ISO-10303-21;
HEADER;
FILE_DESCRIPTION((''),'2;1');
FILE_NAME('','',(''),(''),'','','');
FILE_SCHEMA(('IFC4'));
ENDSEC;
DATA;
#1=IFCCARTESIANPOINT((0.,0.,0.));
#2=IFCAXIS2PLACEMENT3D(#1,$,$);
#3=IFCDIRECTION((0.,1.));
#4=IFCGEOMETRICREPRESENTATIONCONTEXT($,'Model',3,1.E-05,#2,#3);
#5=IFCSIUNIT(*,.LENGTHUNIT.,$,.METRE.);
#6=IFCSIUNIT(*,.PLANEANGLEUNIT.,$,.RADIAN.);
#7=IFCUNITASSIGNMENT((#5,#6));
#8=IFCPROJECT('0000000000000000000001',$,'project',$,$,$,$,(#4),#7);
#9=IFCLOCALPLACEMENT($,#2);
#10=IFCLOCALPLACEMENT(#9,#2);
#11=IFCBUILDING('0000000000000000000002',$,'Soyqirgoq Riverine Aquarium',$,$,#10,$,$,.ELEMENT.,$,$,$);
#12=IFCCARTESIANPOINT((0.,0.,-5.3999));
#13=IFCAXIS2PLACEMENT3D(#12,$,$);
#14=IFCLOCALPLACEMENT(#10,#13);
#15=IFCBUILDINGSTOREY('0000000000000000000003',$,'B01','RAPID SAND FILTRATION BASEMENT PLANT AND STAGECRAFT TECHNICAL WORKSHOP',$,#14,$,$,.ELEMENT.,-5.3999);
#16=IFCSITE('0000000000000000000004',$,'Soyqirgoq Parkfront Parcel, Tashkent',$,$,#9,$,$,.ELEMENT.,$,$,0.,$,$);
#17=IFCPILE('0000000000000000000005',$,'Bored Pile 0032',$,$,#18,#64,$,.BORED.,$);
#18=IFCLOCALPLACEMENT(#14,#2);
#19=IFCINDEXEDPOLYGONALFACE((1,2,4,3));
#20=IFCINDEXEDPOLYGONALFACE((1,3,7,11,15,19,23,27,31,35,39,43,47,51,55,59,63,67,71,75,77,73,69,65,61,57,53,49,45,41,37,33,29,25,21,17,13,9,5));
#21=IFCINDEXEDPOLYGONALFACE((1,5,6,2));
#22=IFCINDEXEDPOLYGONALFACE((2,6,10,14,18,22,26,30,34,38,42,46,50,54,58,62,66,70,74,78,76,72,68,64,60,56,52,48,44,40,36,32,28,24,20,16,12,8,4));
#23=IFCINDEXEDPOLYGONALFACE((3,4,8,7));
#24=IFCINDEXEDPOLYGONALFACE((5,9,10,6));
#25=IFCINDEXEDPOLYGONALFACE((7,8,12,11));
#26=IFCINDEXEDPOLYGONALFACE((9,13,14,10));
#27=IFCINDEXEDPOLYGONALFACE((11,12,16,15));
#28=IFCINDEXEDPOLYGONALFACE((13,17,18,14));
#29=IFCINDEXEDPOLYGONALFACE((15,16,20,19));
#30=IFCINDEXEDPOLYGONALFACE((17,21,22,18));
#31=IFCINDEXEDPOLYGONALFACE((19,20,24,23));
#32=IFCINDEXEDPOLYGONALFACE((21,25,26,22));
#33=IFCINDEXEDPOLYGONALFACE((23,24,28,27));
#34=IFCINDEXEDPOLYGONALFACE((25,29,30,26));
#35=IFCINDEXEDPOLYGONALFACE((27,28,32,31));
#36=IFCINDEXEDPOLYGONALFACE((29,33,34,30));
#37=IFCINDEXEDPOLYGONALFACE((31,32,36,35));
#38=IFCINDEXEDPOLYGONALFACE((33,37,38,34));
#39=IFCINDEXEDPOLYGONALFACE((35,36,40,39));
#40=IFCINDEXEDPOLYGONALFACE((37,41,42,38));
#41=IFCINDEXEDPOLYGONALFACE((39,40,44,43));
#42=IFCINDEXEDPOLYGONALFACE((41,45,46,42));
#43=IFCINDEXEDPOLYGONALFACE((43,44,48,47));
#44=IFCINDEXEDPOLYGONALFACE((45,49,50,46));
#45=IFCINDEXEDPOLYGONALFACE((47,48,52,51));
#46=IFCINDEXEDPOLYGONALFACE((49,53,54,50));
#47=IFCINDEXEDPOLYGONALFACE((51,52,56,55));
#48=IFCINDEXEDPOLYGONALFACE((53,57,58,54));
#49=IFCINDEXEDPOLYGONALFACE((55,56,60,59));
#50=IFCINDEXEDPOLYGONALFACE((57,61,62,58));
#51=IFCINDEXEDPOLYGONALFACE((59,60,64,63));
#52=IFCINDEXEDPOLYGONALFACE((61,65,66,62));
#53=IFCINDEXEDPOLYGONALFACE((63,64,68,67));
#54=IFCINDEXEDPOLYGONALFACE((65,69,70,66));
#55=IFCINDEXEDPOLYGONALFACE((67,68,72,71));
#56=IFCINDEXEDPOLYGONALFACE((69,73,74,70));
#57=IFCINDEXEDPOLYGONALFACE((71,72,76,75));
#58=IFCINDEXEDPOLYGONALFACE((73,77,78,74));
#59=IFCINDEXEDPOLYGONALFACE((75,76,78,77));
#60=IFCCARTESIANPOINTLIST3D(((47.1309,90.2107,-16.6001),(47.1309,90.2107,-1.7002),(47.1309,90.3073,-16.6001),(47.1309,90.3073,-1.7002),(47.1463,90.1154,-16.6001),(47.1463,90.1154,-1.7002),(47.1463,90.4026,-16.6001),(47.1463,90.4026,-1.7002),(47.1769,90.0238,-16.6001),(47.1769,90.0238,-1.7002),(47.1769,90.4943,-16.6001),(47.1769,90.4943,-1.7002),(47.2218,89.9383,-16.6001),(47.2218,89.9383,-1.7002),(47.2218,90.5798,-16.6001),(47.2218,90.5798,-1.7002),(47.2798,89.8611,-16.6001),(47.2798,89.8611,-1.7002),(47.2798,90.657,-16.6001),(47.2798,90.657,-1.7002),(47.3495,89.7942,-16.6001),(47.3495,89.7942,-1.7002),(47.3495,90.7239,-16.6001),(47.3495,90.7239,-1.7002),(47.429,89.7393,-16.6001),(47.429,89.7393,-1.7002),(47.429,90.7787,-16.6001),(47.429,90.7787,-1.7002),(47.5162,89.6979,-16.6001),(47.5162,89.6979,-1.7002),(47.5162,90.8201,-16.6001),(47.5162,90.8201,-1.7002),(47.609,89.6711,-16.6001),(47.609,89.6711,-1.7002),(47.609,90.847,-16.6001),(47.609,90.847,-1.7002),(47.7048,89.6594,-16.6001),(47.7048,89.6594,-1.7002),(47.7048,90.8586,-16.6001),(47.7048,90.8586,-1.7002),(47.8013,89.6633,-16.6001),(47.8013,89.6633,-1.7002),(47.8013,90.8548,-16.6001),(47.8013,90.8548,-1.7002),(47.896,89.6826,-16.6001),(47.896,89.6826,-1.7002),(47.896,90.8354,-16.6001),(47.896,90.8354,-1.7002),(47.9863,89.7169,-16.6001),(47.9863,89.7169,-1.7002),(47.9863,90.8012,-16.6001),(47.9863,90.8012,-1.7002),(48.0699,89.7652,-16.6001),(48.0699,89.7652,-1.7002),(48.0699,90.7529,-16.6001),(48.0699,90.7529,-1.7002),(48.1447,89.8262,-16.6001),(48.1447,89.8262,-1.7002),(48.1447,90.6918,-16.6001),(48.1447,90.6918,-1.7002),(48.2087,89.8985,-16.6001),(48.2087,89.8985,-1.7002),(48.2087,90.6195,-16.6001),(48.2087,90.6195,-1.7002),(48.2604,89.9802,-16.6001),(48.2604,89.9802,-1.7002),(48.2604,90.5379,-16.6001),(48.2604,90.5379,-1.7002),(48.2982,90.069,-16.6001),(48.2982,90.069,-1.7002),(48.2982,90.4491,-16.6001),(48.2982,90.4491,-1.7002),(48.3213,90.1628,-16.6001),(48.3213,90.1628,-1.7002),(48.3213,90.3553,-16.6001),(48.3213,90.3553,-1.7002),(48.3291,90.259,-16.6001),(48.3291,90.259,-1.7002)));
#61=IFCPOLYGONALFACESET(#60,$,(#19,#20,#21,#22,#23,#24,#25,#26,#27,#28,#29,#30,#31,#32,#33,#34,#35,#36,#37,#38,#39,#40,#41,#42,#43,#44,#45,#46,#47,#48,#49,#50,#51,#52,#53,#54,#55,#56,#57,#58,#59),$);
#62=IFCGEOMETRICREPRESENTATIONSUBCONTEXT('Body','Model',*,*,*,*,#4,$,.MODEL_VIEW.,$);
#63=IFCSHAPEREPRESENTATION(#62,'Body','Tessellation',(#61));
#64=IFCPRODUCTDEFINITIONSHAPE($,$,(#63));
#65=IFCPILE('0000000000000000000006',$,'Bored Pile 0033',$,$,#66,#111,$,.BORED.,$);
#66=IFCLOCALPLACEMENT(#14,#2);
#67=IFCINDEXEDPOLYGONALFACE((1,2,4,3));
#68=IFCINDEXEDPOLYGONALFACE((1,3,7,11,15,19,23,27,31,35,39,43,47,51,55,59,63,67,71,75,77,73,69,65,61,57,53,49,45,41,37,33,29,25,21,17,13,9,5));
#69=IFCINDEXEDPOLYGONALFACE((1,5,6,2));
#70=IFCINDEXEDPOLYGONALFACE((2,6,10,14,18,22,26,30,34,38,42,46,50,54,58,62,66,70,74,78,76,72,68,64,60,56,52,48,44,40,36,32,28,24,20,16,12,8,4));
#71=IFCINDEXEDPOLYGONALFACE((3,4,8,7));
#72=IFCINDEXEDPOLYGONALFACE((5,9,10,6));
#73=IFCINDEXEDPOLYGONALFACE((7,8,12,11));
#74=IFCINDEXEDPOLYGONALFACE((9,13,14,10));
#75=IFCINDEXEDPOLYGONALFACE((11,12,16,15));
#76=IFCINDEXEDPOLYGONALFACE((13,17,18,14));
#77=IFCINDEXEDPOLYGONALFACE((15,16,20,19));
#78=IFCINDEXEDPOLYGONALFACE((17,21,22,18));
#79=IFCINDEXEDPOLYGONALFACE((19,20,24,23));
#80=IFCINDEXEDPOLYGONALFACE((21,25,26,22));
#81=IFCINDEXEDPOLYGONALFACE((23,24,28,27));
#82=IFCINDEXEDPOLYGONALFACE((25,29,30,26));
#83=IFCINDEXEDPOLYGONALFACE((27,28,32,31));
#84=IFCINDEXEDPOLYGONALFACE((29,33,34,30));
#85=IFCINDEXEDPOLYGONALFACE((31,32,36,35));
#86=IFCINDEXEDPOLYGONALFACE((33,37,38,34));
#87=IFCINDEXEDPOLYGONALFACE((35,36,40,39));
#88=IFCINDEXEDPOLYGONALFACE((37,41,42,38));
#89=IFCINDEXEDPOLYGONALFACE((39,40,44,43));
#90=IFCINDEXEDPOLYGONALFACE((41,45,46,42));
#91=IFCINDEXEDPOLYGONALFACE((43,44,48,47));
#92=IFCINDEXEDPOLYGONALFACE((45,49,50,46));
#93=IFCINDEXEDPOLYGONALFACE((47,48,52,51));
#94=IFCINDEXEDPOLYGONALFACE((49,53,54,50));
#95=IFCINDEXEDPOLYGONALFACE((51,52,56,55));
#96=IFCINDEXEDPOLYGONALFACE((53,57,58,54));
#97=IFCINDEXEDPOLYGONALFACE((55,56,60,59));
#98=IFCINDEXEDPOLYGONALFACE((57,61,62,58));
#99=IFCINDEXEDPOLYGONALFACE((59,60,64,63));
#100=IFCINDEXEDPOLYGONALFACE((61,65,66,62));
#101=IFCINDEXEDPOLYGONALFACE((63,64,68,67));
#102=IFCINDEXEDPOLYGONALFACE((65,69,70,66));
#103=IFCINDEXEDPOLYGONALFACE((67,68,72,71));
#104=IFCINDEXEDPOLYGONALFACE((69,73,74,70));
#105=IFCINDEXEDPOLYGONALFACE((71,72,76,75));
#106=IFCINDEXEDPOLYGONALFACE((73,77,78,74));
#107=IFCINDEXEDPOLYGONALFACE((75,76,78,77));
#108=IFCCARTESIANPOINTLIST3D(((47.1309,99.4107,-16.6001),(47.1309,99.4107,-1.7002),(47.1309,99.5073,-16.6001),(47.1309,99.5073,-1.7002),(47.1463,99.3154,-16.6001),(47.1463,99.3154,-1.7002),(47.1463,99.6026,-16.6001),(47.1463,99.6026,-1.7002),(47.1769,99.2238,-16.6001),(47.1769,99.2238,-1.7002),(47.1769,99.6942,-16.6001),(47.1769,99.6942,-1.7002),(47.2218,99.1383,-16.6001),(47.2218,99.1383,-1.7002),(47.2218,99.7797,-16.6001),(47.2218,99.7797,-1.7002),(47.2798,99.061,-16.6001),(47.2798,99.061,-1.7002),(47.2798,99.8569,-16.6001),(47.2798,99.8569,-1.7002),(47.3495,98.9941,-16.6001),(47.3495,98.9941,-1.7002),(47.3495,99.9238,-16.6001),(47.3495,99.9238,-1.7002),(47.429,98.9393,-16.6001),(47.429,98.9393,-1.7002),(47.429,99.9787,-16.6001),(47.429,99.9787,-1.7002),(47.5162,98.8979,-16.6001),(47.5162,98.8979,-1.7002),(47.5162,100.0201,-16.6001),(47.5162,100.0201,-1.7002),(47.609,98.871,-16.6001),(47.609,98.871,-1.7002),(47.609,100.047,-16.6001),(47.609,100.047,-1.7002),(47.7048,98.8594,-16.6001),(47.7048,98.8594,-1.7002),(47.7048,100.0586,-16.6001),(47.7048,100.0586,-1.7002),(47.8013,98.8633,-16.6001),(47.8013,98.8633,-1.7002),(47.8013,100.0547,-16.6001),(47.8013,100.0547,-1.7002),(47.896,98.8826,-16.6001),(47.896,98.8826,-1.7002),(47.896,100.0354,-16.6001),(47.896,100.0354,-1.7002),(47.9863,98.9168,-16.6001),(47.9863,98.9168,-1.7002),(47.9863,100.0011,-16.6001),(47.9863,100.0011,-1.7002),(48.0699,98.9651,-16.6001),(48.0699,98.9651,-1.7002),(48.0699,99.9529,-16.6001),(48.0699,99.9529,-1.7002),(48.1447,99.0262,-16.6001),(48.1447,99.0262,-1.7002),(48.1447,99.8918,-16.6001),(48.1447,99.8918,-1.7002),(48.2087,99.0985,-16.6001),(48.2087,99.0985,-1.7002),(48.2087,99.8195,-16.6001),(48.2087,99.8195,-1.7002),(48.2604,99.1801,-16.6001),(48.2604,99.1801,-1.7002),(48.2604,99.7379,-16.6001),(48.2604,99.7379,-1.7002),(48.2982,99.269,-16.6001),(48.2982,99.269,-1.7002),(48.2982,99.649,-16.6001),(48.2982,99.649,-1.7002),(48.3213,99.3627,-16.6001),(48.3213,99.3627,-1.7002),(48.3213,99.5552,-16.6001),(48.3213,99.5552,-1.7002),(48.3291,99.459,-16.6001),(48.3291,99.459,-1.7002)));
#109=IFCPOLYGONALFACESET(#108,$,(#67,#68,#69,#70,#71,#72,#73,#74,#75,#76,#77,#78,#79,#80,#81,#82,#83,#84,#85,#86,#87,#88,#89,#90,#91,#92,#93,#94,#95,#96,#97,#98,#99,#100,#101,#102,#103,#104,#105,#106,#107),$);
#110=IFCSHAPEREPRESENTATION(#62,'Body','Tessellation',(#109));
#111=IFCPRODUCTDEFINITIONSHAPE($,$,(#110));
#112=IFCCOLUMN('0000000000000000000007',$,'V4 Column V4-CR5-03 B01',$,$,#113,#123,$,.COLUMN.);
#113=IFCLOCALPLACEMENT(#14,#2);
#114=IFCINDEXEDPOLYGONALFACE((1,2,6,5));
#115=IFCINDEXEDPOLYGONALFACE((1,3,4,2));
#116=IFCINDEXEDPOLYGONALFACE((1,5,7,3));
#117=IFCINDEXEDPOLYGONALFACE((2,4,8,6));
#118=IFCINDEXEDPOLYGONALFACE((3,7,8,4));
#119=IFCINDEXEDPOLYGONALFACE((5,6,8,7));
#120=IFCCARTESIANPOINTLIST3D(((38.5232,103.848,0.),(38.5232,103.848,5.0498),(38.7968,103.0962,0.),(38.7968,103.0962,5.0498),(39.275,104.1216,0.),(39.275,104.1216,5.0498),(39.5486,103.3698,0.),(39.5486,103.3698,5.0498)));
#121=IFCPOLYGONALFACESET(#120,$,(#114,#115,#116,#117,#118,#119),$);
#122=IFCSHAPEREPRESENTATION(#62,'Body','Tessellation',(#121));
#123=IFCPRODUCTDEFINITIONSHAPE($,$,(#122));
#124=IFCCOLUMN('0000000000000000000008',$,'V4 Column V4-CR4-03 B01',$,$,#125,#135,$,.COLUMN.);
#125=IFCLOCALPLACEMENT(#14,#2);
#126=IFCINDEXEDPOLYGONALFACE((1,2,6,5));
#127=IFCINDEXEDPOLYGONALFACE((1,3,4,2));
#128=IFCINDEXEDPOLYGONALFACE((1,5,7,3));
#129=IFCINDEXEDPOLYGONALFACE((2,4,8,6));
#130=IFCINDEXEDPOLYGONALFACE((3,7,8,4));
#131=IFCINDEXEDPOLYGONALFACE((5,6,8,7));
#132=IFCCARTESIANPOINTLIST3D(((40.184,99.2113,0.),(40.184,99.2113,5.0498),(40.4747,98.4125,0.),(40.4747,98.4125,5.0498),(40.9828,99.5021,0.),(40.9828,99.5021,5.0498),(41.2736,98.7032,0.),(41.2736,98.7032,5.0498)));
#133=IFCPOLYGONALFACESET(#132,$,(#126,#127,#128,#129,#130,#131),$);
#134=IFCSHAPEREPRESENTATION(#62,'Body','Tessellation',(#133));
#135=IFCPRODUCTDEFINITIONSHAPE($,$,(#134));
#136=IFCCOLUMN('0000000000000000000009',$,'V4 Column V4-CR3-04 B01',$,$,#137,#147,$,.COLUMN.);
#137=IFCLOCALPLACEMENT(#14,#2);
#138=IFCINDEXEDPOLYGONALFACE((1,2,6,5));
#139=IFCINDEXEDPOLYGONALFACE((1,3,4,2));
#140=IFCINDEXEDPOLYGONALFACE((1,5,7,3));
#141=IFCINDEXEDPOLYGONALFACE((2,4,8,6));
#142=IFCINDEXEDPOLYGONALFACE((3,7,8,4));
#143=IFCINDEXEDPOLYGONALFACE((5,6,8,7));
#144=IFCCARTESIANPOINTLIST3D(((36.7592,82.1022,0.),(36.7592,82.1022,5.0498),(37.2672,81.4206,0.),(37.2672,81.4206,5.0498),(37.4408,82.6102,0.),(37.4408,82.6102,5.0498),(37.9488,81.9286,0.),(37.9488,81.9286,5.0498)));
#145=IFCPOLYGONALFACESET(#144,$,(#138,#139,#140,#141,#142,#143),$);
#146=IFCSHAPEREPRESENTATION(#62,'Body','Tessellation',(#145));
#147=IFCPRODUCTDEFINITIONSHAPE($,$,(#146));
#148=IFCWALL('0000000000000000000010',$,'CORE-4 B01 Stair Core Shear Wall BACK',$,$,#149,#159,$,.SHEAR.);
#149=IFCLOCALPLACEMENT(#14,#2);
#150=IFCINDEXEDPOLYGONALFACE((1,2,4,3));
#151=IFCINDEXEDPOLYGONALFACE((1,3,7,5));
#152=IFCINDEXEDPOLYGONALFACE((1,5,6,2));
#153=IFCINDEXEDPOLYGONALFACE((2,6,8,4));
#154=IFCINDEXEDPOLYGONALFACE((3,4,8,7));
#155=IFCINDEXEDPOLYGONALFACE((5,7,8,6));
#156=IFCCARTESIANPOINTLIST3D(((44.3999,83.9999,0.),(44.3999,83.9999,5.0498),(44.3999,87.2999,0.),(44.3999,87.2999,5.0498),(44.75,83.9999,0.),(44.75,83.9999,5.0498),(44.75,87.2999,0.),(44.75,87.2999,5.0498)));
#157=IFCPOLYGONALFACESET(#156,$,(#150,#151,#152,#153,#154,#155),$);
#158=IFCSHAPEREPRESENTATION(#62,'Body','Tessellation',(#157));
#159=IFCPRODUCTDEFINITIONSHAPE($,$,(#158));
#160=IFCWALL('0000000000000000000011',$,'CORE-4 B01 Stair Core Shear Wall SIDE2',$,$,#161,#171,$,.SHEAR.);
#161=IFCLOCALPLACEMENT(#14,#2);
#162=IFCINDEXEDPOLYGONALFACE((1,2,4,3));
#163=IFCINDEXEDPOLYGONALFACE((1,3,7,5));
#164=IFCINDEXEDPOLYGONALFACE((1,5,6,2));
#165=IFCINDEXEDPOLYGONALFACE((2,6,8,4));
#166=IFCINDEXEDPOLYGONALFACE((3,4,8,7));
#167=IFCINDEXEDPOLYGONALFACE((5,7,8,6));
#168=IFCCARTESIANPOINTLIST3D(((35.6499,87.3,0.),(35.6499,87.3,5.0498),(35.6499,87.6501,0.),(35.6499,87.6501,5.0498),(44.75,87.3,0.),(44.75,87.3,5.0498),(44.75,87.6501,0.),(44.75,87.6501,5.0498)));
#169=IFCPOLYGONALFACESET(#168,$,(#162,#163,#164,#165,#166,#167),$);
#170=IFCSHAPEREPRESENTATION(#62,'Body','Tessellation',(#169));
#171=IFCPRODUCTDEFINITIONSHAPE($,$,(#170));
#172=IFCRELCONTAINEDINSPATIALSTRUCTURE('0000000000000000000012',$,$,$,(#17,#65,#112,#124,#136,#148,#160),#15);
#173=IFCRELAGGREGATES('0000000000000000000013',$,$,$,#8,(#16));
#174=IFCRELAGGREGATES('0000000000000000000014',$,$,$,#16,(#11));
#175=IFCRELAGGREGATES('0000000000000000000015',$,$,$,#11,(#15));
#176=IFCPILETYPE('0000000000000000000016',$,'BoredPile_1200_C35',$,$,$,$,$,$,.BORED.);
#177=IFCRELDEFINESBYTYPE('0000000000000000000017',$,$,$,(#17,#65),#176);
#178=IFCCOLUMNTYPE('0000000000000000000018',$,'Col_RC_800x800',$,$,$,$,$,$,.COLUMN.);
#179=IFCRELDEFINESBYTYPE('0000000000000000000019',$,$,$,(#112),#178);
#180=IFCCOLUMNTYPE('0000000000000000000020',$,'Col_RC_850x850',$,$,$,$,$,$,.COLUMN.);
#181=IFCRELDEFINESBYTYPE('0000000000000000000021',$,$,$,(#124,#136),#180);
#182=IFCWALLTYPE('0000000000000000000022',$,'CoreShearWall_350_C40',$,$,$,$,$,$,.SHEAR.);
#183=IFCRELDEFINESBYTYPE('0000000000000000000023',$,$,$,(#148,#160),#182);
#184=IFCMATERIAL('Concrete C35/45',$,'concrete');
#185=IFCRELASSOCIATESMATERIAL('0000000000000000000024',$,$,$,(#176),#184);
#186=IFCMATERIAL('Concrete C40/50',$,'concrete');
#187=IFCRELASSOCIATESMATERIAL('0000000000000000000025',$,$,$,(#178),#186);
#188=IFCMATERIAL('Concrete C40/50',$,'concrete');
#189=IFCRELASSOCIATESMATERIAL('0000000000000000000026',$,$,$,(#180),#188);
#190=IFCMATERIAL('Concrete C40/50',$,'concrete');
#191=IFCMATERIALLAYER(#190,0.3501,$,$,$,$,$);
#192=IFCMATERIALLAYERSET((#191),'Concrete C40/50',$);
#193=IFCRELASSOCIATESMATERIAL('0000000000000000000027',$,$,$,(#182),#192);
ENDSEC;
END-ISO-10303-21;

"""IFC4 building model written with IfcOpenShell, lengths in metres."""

from ifc_helpers import new_model, si_unit, direction, frame, frame_2d, origin, origin_2d, place, context, subcontext, project, spatial, rectangle, circle, extrude, material, layer, layer_set, material_profile, profile_set, type_object, element, save


model = new_model("IFC4")

# Units and contexts
model_context = context("Model", 3, precision=1e-05, world=origin(), true_north=direction((0.0, 1.0)))
body_context = subcontext(model_context, "Body", "Model", "MODEL_VIEW")
ifc_project = project(units=[si_unit("LENGTHUNIT", "METRE"), si_unit("PLANEANGLEUNIT", "RADIAN")], contexts=[model_context])

# Site, building, storey
site_placement = place(None, origin())
site = spatial("IfcSite", under=ifc_project, at=site_placement, Name="Soyqirgoq Parkfront Parcel, Tashkent", CompositionType="ELEMENT", RefElevation=0.0)
building_placement = place(site_placement, origin())
building = spatial("IfcBuilding", under=site, at=building_placement, Name="Soyqirgoq Riverine Aquarium", CompositionType="ELEMENT")
storey_placement = place(building_placement, frame((0.0, 0.0, -5.3999)))
storey = spatial("IfcBuildingStorey", under=building, at=storey_placement, Name="B01", Description="RAPID SAND FILTRATION BASEMENT PLANT AND STAGECRAFT TECHNICAL WORKSHOP", CompositionType="ELEMENT", Elevation=-5.3999)

# Piles
ifc_material_1 = material(Name="Concrete C35/45", Category="concrete")
ifc_material_profile_1 = material_profile(ifc_material_1, circle(Radius=0.6001, at=origin_2d()), Name="BP D1200")
ifc_profile_set_1 = profile_set([ifc_material_profile_1], Name="Concrete C35/45")
pile_type = type_object("IfcPileType", Name="BoredPile_1200_C35", PredefinedType="BORED", material=ifc_profile_set_1)
for number, where, z_axis, x_axis, name in (
    (1, (47.729, 90.259, -1.7002), (0.0, 0.0, -1.0), (1.0, 0.0, 0.0), "Bored Pile 0032"),
    (2, (47.729, 99.459, -1.7002), (0.0, 0.0, -1.0), (1.0, 0.0, 0.0), "Bored Pile 0033"),
):
    element("IfcPile", number, at=place(storey_placement, frame(where, z_axis=z_axis, x_axis=x_axis)), inside=storey, type_object=pile_type, Name=name, PredefinedType="BORED", context=body_context, shape_type="SweptSolid", body=[
        extrude(circle(Radius=0.6001, at=origin_2d()), origin(), (0.0, 0.0, 1.0), 14.8999),
    ])

# Columns
ifc_material_2 = material(Name="Concrete C40/50", Category="concrete")
ifc_material_profile_2 = material_profile(ifc_material_2, rectangle(XDim=0.8, YDim=0.8, at=origin_2d()), Name="RC 800x800")
ifc_profile_set_2 = profile_set([ifc_material_profile_2], Name="Concrete C40/50")
column_type_1 = type_object("IfcColumnType", Name="Col_RC_800x800", PredefinedType="COLUMN", material=ifc_profile_set_2)
column_placement = place(storey_placement, frame((39.0359, 103.6089, 0.0), z_axis=(0.0, 0.0, 1.0), x_axis=(-0.34202, 0.939693, 0.0)))
element("IfcColumn", 3, at=column_placement, inside=storey, type_object=column_type_1, Name="V4 Column V4-CR5-03 B01", PredefinedType="COLUMN", context=body_context, shape_type="SweptSolid", body=[
    extrude(rectangle(XDim=0.8, YDim=0.8, at=origin_2d()), origin(), (0.0, 0.0, 1.0), 5.0498),
])
ifc_material_3 = material(Name="Concrete C40/50", Category="concrete")
ifc_material_profile_3 = material_profile(ifc_material_3, rectangle(XDim=0.8501, YDim=0.8501, at=origin_2d()), Name="RC 850x850")
ifc_profile_set_3 = profile_set([ifc_material_profile_3], Name="Concrete C40/50")
column_type_2 = type_object("IfcColumnType", Name="Col_RC_850x850", PredefinedType="COLUMN", material=ifc_profile_set_3)
for number, where, z_axis, x_axis, name in (
    (4, (40.7288, 98.9573, 0.0), (0.0, 0.0, 1.0), (-0.34202, 0.939693, 0.0), "V4 Column V4-CR4-03 B01"),
    (5, (37.354, 82.0154, 0.0), (0.0, 0.0, 1.0), (-0.597625, 0.801776, 0.0), "V4 Column V4-CR3-04 B01"),
):
    element("IfcColumn", number, at=place(storey_placement, frame(where, z_axis=z_axis, x_axis=x_axis)), inside=storey, type_object=column_type_2, Name=name, PredefinedType="COLUMN", context=body_context, shape_type="SweptSolid", body=[
        extrude(rectangle(XDim=0.8501, YDim=0.8501, at=origin_2d()), origin(), (0.0, 0.0, 1.0), 5.0498),
    ])

# Walls
ifc_material_4 = material(Name="Concrete C40/50", Category="concrete")
ifc_layer_1 = layer(ifc_material_4, 0.3501)
ifc_layer_set_1 = layer_set([ifc_layer_1], Name="Concrete C40/50")
wall_type_1 = type_object("IfcWallType", Name="CoreShearWall_350_C40", PredefinedType="SHEAR", material=ifc_layer_set_1)
wall_1_placement = place(storey_placement, frame((44.575, 84.0, 0.0), z_axis=(0.0, 0.0, 1.0), x_axis=(0.0, 1.0, 0.0)))
element("IfcWall", 6, at=wall_1_placement, inside=storey, type_object=wall_type_1, Name="CORE-4 B01 Stair Core Shear Wall BACK", PredefinedType="SHEAR", context=body_context, shape_type="SweptSolid", body=[
    extrude(rectangle(XDim=3.3, YDim=0.3501, at=frame_2d((1.6499, 0.0))), origin(), (0.0, 0.0, 1.0), 5.0498),
])
wall_2_placement = place(storey_placement, frame((44.75, 87.4751, 0.0), z_axis=(0.0, 0.0, 1.0), x_axis=(-1.0, 0.0, 0.0)))
element("IfcWall", 7, at=wall_2_placement, inside=storey, type_object=wall_type_1, Name="CORE-4 B01 Stair Core Shear Wall SIDE2", PredefinedType="SHEAR", context=body_context, shape_type="SweptSolid", body=[
    extrude(rectangle(XDim=9.1001, YDim=0.3501, at=frame_2d((4.55, 0.0))), origin(), (0.0, 0.0, 1.0), 5.0498),
])

save(model, "model.ifc")
